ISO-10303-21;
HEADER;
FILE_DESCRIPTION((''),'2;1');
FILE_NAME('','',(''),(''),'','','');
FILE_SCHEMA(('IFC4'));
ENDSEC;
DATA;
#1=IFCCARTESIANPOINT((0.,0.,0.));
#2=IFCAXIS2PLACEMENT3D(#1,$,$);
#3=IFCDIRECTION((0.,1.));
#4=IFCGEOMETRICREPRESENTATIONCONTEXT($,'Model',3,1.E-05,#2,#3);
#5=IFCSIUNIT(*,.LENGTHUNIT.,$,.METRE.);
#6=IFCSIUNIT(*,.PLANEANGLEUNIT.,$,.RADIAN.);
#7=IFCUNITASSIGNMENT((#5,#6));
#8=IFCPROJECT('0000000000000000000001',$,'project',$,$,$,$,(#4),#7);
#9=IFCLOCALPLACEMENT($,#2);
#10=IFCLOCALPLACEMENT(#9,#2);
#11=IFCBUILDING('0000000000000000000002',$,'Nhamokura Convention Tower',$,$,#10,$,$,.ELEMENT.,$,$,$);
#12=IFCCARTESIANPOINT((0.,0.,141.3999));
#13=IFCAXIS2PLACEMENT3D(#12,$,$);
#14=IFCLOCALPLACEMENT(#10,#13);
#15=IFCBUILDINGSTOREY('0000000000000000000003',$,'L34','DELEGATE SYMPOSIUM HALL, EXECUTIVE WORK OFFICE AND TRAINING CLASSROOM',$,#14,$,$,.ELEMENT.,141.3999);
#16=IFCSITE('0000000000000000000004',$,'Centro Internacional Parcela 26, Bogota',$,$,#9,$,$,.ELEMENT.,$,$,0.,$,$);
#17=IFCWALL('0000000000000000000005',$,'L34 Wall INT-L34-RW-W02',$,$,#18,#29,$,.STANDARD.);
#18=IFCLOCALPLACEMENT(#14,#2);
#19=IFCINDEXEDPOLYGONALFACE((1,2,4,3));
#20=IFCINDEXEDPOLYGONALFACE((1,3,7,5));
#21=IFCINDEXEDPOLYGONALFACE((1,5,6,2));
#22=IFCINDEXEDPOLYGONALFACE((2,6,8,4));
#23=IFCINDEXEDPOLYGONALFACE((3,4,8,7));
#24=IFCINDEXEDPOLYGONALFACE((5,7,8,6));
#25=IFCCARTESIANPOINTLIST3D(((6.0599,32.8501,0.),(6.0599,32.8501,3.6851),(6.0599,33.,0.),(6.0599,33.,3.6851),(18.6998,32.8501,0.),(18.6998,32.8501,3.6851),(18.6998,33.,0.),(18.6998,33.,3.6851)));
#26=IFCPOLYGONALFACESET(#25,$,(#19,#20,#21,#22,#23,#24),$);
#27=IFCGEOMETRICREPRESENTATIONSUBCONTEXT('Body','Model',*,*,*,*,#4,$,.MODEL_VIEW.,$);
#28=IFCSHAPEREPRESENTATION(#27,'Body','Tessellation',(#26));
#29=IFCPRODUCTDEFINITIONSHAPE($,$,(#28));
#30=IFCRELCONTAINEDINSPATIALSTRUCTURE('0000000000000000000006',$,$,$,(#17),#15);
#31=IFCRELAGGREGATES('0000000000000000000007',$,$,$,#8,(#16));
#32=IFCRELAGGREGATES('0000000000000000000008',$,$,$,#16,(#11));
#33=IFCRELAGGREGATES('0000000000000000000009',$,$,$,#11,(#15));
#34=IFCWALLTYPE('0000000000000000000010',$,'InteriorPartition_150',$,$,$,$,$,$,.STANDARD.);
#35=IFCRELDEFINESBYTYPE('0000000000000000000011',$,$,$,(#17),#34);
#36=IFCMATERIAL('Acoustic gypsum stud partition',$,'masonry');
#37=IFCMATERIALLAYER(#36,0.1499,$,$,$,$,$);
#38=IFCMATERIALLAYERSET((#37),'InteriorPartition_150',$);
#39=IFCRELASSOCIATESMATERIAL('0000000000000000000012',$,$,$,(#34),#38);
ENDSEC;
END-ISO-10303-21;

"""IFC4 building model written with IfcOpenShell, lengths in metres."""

from ifc_helpers import new_model, si_unit, direction, frame, frame_2d, origin, place, context, subcontext, project, spatial, rectangle, extrude, material, layer, layer_set, type_object, element, save


model = new_model("IFC4")

# Units and contexts
model_context = context("Model", 3, precision=1e-05, world=origin(), true_north=direction((0.0, 1.0)))
body_context = subcontext(model_context, "Body", "Model", "MODEL_VIEW")
ifc_project = project(units=[si_unit("LENGTHUNIT", "METRE"), si_unit("PLANEANGLEUNIT", "RADIAN")], contexts=[model_context])

# Site, building, storey
site_placement = place(None, origin())
site = spatial("IfcSite", under=ifc_project, at=site_placement, Name="Centro Internacional Parcela 26, Bogota", CompositionType="ELEMENT", RefElevation=0.0)
building_placement = place(site_placement, origin())
building = spatial("IfcBuilding", under=site, at=building_placement, Name="Nhamokura Convention Tower", CompositionType="ELEMENT")
storey_placement = place(building_placement, frame((0.0, 0.0, 141.3999)))
storey = spatial("IfcBuildingStorey", under=building, at=storey_placement, Name="L34", Description="DELEGATE SYMPOSIUM HALL, EXECUTIVE WORK OFFICE AND TRAINING CLASSROOM", CompositionType="ELEMENT", Elevation=141.3999)

# Wall
ifc_material_1 = material(Name="Acoustic gypsum stud partition", Category="masonry")
ifc_layer_1 = layer(ifc_material_1, 0.1499)
ifc_layer_set_1 = layer_set([ifc_layer_1], Name="InteriorPartition_150")
wall_type_1 = type_object("IfcWallType", Name="InteriorPartition_150", PredefinedType="STANDARD", material=ifc_layer_set_1)
wall_1_placement = place(storey_placement, frame((6.0601, 32.925, 0.0), z_axis=(0.0, 0.0, 1.0), x_axis=(1.0, 0.0, 0.0)))
element("IfcWall", 1, at=wall_1_placement, inside=storey, type_object=wall_type_1, Name="L34 Wall INT-L34-RW-W02", PredefinedType="STANDARD", context=body_context, shape_type="SweptSolid", body=[
    extrude(rectangle(XDim=12.6399, YDim=0.1499, at=frame_2d((6.3198, 0.0))), origin(), (0.0, 0.0, 1.0), 3.6851),
])

save(model, "model.ifc")
